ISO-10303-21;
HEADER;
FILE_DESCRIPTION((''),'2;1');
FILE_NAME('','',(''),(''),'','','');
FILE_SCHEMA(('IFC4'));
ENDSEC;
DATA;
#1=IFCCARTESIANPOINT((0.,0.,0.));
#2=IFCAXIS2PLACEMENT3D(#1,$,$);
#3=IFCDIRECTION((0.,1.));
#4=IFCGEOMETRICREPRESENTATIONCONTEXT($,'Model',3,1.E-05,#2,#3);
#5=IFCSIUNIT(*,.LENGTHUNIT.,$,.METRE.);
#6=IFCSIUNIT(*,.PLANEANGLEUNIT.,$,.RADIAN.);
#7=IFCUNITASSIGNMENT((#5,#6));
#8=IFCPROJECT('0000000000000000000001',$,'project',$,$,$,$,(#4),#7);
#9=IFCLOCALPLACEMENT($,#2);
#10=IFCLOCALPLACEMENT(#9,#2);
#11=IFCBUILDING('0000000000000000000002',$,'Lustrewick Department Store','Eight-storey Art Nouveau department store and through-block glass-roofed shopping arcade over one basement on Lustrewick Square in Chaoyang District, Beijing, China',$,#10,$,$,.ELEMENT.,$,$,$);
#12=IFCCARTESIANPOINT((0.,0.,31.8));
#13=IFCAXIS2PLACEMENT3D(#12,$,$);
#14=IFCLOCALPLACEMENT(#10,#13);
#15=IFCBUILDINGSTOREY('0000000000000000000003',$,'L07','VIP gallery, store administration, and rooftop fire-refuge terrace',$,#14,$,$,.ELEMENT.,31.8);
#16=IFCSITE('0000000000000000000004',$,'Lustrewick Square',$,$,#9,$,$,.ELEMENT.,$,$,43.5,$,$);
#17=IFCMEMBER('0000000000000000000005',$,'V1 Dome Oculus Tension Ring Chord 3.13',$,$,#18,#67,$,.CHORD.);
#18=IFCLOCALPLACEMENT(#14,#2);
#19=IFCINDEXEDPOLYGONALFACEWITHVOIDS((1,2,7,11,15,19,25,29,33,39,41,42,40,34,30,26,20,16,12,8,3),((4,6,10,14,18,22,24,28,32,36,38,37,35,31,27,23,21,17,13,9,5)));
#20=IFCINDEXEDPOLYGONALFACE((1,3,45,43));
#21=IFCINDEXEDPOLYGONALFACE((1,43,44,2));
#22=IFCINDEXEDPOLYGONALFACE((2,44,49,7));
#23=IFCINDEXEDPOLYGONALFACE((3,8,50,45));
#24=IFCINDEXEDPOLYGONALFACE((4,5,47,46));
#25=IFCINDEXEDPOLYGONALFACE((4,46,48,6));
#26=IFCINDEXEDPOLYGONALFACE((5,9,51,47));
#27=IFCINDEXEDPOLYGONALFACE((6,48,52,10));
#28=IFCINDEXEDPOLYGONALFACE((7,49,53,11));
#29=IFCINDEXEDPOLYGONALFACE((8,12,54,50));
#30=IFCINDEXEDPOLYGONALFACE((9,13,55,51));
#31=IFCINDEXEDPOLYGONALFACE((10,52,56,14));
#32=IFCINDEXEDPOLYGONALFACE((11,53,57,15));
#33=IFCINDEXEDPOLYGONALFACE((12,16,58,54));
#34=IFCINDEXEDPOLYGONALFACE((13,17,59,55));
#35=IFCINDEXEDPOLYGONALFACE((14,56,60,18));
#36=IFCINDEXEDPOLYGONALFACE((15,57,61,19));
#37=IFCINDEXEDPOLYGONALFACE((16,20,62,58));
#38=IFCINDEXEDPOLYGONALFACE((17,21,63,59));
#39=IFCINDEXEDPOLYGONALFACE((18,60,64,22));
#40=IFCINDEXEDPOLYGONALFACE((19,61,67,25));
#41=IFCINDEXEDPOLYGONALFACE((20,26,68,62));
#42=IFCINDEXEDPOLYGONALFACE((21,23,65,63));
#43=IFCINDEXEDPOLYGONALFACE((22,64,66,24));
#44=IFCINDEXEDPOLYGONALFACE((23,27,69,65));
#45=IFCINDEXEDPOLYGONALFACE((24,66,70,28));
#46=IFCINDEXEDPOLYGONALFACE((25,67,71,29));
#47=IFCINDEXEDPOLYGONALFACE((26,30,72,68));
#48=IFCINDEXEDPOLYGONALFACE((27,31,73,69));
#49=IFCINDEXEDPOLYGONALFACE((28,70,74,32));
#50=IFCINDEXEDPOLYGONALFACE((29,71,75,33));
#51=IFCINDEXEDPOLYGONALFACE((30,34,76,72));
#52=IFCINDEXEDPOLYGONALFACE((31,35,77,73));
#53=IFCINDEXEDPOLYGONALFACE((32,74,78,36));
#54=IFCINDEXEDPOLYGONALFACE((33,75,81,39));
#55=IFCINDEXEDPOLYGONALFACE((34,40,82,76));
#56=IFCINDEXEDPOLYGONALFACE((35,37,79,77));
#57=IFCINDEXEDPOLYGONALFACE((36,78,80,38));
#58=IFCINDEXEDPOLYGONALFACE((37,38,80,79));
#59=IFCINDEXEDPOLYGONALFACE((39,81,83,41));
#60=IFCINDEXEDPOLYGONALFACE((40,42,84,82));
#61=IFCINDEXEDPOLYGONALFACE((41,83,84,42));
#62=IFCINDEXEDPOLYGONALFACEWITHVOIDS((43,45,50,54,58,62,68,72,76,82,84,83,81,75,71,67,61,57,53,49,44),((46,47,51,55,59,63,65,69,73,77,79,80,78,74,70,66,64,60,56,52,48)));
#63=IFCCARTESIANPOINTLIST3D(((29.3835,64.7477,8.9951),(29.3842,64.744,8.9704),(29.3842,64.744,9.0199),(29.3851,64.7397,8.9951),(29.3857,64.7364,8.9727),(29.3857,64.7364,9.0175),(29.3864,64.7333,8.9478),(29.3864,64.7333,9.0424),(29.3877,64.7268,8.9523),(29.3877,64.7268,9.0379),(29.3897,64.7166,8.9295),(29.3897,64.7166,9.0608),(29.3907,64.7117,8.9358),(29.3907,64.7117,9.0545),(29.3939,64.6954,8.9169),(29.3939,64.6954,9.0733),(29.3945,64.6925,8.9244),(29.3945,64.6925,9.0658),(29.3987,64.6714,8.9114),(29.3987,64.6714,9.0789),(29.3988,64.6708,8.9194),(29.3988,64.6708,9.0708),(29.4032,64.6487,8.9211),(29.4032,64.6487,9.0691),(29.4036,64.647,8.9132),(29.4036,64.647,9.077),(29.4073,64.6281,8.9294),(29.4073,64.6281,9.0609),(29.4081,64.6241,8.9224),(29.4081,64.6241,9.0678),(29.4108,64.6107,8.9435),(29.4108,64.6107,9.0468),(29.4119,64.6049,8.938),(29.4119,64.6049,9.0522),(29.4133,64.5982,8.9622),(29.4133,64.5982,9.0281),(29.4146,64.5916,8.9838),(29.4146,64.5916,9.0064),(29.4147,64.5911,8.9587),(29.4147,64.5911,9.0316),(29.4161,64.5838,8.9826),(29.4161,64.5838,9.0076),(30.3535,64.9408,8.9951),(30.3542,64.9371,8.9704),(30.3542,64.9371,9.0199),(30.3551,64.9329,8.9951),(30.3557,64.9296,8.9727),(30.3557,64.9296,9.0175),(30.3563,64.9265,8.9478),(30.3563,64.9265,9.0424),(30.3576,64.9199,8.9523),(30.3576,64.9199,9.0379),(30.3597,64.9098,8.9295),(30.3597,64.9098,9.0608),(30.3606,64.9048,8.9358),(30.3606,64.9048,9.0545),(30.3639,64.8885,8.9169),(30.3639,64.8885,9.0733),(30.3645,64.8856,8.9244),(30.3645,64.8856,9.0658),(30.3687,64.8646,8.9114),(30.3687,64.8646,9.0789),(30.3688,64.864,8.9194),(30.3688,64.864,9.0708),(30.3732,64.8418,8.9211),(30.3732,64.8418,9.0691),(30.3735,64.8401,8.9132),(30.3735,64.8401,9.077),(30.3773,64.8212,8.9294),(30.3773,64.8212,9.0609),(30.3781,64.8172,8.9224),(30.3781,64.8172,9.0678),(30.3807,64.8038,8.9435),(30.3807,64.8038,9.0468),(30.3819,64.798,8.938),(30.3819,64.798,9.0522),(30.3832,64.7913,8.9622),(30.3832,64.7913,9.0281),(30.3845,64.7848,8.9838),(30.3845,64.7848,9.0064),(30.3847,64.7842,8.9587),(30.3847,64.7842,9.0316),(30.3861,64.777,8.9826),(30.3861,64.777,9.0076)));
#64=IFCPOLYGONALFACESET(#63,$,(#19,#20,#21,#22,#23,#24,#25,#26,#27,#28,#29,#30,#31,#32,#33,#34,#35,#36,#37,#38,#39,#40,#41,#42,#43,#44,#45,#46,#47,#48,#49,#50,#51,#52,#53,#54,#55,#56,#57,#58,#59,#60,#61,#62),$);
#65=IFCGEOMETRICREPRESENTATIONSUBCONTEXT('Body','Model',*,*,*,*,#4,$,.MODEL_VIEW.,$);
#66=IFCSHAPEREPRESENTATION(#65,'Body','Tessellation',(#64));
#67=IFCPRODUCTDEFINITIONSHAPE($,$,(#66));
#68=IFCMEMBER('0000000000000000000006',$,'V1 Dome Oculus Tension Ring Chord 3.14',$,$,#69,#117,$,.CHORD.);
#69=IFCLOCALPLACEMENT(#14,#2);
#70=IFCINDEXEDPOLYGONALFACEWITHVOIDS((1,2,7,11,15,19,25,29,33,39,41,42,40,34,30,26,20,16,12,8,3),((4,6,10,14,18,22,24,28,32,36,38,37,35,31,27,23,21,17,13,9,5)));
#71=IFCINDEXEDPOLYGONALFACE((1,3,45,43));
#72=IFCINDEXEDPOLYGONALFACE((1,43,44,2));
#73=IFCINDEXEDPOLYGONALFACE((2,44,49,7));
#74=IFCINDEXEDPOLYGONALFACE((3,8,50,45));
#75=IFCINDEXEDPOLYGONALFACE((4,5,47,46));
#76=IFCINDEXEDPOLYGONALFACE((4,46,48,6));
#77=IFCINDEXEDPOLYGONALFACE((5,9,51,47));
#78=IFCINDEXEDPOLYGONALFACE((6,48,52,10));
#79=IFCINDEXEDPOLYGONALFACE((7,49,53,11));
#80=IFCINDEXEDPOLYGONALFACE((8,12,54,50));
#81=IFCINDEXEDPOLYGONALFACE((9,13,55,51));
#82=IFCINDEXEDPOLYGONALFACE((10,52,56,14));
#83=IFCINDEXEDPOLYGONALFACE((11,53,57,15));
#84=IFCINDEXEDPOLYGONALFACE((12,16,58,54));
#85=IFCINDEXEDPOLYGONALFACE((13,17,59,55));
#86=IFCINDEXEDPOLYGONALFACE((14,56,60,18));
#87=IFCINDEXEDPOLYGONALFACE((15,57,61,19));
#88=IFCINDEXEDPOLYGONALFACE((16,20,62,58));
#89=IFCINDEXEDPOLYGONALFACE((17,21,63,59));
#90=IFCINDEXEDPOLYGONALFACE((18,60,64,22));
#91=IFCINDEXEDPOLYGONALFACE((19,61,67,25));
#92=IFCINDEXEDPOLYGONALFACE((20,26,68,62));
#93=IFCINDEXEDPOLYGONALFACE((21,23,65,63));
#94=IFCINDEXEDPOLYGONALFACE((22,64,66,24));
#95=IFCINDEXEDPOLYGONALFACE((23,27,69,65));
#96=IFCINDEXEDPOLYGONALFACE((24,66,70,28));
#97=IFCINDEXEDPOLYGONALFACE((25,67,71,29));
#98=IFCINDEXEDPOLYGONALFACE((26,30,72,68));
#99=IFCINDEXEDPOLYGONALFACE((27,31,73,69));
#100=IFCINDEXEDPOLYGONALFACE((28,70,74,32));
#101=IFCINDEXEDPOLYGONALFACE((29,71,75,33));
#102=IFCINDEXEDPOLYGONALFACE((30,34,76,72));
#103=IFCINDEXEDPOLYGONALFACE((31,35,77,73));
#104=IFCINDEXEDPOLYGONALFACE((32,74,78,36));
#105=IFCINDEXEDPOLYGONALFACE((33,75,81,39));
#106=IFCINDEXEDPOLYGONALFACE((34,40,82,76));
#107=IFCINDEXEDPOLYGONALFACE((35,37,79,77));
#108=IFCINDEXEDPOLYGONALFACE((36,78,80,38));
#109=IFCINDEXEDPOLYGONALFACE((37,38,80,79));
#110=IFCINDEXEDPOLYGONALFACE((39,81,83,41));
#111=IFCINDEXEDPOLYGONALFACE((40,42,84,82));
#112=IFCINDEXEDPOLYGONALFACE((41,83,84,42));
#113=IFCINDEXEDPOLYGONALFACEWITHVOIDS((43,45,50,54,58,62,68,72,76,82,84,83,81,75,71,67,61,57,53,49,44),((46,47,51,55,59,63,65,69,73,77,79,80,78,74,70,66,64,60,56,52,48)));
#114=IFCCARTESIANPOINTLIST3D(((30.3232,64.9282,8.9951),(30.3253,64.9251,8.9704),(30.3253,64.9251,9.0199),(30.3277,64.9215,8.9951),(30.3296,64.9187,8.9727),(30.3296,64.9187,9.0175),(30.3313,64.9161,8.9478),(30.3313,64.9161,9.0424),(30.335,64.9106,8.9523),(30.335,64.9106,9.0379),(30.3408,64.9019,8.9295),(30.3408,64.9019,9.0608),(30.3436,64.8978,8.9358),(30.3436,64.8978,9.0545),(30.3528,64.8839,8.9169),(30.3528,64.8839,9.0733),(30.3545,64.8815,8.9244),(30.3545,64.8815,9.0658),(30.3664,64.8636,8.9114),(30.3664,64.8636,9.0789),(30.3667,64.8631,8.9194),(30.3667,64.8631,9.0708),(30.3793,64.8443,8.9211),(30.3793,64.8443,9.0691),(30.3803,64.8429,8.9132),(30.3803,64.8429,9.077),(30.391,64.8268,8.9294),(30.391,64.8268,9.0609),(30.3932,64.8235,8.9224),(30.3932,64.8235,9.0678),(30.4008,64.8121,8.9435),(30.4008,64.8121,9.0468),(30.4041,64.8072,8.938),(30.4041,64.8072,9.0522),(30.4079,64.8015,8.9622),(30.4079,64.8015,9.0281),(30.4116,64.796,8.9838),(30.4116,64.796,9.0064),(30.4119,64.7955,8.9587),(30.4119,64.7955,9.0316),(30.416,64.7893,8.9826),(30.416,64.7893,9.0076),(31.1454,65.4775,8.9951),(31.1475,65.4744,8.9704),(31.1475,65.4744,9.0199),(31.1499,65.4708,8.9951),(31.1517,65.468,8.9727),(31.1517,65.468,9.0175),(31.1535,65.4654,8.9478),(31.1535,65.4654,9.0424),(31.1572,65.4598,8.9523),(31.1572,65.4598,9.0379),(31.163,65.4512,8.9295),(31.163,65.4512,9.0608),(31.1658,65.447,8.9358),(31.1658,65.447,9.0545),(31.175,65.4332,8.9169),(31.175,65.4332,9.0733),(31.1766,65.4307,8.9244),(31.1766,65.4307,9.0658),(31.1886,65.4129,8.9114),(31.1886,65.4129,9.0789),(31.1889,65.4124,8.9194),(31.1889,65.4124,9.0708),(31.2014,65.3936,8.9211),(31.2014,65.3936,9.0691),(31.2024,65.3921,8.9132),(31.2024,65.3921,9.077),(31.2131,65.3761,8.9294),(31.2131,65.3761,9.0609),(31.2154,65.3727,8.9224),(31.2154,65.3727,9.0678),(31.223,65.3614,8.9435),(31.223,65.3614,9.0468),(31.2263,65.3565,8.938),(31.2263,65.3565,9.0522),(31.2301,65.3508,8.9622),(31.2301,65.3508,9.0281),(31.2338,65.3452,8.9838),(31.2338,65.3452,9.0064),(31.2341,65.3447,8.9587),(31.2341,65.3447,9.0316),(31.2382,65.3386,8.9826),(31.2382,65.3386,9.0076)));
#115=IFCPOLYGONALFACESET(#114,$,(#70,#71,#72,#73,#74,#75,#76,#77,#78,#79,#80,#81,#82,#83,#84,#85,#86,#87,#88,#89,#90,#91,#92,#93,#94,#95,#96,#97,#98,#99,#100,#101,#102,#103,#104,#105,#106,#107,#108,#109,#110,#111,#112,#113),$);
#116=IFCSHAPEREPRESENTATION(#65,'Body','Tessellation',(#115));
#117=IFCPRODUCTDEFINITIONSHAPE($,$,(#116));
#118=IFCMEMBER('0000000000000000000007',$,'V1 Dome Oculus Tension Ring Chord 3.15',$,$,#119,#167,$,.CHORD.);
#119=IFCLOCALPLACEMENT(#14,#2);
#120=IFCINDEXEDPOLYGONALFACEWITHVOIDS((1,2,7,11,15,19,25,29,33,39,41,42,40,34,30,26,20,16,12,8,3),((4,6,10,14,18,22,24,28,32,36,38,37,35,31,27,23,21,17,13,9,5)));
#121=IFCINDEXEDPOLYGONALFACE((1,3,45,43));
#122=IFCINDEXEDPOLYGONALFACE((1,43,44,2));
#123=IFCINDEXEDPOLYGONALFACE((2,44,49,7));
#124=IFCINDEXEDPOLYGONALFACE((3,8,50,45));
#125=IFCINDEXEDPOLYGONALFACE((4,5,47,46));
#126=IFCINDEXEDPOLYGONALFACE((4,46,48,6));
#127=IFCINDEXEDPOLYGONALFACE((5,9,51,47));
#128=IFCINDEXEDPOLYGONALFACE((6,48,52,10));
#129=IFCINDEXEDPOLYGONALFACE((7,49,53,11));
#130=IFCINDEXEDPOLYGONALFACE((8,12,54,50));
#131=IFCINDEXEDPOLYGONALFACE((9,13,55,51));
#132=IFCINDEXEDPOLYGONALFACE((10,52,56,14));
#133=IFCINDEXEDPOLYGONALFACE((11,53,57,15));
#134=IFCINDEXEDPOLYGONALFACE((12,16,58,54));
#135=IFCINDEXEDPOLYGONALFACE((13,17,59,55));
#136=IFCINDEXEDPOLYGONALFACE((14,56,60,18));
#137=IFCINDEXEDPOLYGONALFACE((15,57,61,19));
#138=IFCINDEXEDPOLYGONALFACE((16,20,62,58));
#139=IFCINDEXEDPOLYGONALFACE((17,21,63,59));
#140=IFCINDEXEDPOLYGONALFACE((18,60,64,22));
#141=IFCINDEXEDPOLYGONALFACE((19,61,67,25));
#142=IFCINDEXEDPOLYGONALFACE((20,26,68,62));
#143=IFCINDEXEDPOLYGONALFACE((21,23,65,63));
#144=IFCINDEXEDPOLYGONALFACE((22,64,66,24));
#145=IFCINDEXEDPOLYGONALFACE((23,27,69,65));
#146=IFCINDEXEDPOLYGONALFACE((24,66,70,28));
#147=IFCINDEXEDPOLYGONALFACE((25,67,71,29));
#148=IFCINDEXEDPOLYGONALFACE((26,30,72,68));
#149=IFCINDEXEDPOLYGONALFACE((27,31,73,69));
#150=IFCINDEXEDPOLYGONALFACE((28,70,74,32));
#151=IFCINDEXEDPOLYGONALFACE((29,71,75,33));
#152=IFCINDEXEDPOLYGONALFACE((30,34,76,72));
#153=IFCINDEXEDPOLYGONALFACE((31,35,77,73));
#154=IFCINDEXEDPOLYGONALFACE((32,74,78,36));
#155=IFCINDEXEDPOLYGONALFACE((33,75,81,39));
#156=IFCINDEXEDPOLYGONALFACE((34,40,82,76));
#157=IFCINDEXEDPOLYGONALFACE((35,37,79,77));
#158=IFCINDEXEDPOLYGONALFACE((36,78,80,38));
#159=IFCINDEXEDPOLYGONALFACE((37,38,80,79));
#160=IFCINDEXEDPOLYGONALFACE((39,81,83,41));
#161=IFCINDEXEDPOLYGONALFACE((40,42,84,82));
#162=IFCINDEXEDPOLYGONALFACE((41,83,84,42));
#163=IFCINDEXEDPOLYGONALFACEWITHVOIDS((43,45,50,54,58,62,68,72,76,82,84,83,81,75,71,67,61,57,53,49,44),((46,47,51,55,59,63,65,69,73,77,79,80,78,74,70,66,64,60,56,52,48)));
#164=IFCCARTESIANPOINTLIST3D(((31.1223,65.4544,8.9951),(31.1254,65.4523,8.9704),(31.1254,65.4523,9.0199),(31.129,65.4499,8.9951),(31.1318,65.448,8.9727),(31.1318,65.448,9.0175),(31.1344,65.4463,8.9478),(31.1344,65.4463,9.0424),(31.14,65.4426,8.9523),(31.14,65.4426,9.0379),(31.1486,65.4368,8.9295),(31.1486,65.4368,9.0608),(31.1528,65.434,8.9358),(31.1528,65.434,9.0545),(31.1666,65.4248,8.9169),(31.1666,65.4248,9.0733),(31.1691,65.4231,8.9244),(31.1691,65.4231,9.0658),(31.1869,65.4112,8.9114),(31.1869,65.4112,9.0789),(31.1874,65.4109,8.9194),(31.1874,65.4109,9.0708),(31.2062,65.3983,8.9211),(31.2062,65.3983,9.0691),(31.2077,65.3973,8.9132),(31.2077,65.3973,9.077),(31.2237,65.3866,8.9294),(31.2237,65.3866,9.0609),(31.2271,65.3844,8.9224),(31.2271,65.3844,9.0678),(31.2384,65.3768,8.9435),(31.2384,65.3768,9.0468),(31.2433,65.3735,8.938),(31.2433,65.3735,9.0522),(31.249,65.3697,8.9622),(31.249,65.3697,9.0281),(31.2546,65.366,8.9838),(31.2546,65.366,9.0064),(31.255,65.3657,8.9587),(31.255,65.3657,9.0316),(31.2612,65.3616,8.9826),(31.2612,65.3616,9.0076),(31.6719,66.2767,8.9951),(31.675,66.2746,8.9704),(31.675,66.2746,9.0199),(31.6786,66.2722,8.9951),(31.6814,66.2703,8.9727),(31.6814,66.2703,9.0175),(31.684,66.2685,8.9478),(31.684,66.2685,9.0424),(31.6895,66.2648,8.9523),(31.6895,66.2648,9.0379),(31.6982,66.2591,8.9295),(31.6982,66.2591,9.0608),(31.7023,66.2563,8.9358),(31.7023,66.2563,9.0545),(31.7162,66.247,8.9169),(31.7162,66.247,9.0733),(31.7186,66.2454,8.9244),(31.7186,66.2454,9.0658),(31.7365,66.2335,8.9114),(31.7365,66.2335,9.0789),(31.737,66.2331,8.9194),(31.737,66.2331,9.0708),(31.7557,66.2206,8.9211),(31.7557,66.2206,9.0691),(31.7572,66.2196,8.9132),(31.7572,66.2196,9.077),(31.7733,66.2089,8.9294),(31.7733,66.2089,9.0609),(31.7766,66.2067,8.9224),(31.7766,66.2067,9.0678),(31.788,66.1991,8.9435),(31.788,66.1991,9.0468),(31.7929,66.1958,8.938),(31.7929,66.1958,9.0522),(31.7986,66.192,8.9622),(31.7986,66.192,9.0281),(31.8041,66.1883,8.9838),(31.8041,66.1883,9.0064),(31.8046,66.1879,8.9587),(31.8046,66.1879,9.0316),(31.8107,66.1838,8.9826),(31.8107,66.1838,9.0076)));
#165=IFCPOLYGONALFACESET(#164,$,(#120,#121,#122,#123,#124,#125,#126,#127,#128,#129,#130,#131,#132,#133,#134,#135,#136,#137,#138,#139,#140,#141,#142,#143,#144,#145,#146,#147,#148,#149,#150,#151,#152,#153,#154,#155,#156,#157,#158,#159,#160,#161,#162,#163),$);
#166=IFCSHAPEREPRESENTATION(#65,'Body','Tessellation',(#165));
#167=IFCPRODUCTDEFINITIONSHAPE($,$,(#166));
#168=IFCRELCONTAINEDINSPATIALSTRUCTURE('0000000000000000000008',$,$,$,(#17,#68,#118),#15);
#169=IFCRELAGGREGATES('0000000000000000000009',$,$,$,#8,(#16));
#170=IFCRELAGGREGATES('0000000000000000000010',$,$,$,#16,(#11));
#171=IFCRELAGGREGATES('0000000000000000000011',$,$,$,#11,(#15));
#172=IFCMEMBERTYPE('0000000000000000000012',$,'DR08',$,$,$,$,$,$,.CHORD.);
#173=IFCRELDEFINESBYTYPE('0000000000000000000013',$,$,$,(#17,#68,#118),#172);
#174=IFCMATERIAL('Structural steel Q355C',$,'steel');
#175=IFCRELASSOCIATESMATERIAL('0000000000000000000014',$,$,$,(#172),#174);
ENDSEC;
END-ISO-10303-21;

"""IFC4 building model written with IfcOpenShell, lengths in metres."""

from ifc_helpers import new_model, si_unit, direction, frame, origin, origin_2d, place, context, subcontext, project, spatial, hollow_circle, extrude, material, material_profile, profile_set, type_object, element, save


model = new_model("IFC4")

# Units and contexts
model_context = context("Model", 3, precision=1e-05, world=origin(), true_north=direction((0.0, 1.0)))
body_context = subcontext(model_context, "Body", "Model", "MODEL_VIEW")
ifc_project = project(units=[si_unit("LENGTHUNIT", "METRE"), si_unit("PLANEANGLEUNIT", "RADIAN")], contexts=[model_context])

# Site, building, storey
site_placement = place(None, origin())
site = spatial("IfcSite", under=ifc_project, at=site_placement, Name="Lustrewick Square", CompositionType="ELEMENT", RefElevation=43.5)
building_placement = place(site_placement, origin())
building = spatial("IfcBuilding", under=site, at=building_placement, Name="Lustrewick Department Store", Description="Eight-storey Art Nouveau department store and through-block glass-roofed shopping arcade over one basement on Lustrewick Square in Chaoyang District, Beijing, China", CompositionType="ELEMENT")
storey_placement = place(building_placement, frame((0.0, 0.0, 31.8)))
storey = spatial("IfcBuildingStorey", under=building, at=storey_placement, Name="L07", Description="VIP gallery, store administration, and rooftop fire-refuge terrace", CompositionType="ELEMENT", Elevation=31.8)

# Members
ifc_material_1 = material(Name="Structural steel Q355C", Category="steel")
ifc_material_profile_1 = material_profile(ifc_material_1, hollow_circle(Radius=0.084, WallThickness=0.0081, at=origin_2d()), Name="CHS 168x8")
ifc_profile_set_1 = profile_set([ifc_material_profile_1], Name="Structural steel Q355C")
member_type_1 = type_object("IfcMemberType", Name="DR08", PredefinedType="CHORD", material=ifc_profile_set_1)
member_1_placement = place(storey_placement, frame((29.3999, 64.6653, 8.9951), z_axis=(0.980751, 0.195262, 0.0), x_axis=(-0.195262, 0.980751, 0.0)))
element("IfcMember", 1, at=member_1_placement, inside=storey, type_object=member_type_1, Name="V1 Dome Oculus Tension Ring Chord 3.13", PredefinedType="CHORD", context=body_context, shape_type="SweptSolid", body=[
    extrude(hollow_circle(Radius=0.084, WallThickness=0.0081, at=origin_2d()), origin(), (0.0, 0.0, 1.0), 0.989),
])
member_2_placement = place(storey_placement, frame((30.3699, 64.8584, 8.9951), z_axis=(0.831518, 0.555498, 0.0), x_axis=(-0.555498, 0.831518, 0.0)))
element("IfcMember", 2, at=member_2_placement, inside=storey, type_object=member_type_1, Name="V1 Dome Oculus Tension Ring Chord 3.14", PredefinedType="CHORD", context=body_context, shape_type="SweptSolid", body=[
    extrude(hollow_circle(Radius=0.084, WallThickness=0.0081, at=origin_2d()), origin(), (0.0, 0.0, 1.0), 0.9888),
])
member_3_placement = place(storey_placement, frame((31.1921, 65.4077, 8.9951), z_axis=(0.555668, 0.831404, 0.0), x_axis=(-0.831404, 0.555668, 0.0)))
element("IfcMember", 3, at=member_3_placement, inside=storey, type_object=member_type_1, Name="V1 Dome Oculus Tension Ring Chord 3.15", PredefinedType="CHORD", context=body_context, shape_type="SweptSolid", body=[
    extrude(hollow_circle(Radius=0.084, WallThickness=0.0081, at=origin_2d()), origin(), (0.0, 0.0, 1.0), 0.989),
])

save(model, "model.ifc")
